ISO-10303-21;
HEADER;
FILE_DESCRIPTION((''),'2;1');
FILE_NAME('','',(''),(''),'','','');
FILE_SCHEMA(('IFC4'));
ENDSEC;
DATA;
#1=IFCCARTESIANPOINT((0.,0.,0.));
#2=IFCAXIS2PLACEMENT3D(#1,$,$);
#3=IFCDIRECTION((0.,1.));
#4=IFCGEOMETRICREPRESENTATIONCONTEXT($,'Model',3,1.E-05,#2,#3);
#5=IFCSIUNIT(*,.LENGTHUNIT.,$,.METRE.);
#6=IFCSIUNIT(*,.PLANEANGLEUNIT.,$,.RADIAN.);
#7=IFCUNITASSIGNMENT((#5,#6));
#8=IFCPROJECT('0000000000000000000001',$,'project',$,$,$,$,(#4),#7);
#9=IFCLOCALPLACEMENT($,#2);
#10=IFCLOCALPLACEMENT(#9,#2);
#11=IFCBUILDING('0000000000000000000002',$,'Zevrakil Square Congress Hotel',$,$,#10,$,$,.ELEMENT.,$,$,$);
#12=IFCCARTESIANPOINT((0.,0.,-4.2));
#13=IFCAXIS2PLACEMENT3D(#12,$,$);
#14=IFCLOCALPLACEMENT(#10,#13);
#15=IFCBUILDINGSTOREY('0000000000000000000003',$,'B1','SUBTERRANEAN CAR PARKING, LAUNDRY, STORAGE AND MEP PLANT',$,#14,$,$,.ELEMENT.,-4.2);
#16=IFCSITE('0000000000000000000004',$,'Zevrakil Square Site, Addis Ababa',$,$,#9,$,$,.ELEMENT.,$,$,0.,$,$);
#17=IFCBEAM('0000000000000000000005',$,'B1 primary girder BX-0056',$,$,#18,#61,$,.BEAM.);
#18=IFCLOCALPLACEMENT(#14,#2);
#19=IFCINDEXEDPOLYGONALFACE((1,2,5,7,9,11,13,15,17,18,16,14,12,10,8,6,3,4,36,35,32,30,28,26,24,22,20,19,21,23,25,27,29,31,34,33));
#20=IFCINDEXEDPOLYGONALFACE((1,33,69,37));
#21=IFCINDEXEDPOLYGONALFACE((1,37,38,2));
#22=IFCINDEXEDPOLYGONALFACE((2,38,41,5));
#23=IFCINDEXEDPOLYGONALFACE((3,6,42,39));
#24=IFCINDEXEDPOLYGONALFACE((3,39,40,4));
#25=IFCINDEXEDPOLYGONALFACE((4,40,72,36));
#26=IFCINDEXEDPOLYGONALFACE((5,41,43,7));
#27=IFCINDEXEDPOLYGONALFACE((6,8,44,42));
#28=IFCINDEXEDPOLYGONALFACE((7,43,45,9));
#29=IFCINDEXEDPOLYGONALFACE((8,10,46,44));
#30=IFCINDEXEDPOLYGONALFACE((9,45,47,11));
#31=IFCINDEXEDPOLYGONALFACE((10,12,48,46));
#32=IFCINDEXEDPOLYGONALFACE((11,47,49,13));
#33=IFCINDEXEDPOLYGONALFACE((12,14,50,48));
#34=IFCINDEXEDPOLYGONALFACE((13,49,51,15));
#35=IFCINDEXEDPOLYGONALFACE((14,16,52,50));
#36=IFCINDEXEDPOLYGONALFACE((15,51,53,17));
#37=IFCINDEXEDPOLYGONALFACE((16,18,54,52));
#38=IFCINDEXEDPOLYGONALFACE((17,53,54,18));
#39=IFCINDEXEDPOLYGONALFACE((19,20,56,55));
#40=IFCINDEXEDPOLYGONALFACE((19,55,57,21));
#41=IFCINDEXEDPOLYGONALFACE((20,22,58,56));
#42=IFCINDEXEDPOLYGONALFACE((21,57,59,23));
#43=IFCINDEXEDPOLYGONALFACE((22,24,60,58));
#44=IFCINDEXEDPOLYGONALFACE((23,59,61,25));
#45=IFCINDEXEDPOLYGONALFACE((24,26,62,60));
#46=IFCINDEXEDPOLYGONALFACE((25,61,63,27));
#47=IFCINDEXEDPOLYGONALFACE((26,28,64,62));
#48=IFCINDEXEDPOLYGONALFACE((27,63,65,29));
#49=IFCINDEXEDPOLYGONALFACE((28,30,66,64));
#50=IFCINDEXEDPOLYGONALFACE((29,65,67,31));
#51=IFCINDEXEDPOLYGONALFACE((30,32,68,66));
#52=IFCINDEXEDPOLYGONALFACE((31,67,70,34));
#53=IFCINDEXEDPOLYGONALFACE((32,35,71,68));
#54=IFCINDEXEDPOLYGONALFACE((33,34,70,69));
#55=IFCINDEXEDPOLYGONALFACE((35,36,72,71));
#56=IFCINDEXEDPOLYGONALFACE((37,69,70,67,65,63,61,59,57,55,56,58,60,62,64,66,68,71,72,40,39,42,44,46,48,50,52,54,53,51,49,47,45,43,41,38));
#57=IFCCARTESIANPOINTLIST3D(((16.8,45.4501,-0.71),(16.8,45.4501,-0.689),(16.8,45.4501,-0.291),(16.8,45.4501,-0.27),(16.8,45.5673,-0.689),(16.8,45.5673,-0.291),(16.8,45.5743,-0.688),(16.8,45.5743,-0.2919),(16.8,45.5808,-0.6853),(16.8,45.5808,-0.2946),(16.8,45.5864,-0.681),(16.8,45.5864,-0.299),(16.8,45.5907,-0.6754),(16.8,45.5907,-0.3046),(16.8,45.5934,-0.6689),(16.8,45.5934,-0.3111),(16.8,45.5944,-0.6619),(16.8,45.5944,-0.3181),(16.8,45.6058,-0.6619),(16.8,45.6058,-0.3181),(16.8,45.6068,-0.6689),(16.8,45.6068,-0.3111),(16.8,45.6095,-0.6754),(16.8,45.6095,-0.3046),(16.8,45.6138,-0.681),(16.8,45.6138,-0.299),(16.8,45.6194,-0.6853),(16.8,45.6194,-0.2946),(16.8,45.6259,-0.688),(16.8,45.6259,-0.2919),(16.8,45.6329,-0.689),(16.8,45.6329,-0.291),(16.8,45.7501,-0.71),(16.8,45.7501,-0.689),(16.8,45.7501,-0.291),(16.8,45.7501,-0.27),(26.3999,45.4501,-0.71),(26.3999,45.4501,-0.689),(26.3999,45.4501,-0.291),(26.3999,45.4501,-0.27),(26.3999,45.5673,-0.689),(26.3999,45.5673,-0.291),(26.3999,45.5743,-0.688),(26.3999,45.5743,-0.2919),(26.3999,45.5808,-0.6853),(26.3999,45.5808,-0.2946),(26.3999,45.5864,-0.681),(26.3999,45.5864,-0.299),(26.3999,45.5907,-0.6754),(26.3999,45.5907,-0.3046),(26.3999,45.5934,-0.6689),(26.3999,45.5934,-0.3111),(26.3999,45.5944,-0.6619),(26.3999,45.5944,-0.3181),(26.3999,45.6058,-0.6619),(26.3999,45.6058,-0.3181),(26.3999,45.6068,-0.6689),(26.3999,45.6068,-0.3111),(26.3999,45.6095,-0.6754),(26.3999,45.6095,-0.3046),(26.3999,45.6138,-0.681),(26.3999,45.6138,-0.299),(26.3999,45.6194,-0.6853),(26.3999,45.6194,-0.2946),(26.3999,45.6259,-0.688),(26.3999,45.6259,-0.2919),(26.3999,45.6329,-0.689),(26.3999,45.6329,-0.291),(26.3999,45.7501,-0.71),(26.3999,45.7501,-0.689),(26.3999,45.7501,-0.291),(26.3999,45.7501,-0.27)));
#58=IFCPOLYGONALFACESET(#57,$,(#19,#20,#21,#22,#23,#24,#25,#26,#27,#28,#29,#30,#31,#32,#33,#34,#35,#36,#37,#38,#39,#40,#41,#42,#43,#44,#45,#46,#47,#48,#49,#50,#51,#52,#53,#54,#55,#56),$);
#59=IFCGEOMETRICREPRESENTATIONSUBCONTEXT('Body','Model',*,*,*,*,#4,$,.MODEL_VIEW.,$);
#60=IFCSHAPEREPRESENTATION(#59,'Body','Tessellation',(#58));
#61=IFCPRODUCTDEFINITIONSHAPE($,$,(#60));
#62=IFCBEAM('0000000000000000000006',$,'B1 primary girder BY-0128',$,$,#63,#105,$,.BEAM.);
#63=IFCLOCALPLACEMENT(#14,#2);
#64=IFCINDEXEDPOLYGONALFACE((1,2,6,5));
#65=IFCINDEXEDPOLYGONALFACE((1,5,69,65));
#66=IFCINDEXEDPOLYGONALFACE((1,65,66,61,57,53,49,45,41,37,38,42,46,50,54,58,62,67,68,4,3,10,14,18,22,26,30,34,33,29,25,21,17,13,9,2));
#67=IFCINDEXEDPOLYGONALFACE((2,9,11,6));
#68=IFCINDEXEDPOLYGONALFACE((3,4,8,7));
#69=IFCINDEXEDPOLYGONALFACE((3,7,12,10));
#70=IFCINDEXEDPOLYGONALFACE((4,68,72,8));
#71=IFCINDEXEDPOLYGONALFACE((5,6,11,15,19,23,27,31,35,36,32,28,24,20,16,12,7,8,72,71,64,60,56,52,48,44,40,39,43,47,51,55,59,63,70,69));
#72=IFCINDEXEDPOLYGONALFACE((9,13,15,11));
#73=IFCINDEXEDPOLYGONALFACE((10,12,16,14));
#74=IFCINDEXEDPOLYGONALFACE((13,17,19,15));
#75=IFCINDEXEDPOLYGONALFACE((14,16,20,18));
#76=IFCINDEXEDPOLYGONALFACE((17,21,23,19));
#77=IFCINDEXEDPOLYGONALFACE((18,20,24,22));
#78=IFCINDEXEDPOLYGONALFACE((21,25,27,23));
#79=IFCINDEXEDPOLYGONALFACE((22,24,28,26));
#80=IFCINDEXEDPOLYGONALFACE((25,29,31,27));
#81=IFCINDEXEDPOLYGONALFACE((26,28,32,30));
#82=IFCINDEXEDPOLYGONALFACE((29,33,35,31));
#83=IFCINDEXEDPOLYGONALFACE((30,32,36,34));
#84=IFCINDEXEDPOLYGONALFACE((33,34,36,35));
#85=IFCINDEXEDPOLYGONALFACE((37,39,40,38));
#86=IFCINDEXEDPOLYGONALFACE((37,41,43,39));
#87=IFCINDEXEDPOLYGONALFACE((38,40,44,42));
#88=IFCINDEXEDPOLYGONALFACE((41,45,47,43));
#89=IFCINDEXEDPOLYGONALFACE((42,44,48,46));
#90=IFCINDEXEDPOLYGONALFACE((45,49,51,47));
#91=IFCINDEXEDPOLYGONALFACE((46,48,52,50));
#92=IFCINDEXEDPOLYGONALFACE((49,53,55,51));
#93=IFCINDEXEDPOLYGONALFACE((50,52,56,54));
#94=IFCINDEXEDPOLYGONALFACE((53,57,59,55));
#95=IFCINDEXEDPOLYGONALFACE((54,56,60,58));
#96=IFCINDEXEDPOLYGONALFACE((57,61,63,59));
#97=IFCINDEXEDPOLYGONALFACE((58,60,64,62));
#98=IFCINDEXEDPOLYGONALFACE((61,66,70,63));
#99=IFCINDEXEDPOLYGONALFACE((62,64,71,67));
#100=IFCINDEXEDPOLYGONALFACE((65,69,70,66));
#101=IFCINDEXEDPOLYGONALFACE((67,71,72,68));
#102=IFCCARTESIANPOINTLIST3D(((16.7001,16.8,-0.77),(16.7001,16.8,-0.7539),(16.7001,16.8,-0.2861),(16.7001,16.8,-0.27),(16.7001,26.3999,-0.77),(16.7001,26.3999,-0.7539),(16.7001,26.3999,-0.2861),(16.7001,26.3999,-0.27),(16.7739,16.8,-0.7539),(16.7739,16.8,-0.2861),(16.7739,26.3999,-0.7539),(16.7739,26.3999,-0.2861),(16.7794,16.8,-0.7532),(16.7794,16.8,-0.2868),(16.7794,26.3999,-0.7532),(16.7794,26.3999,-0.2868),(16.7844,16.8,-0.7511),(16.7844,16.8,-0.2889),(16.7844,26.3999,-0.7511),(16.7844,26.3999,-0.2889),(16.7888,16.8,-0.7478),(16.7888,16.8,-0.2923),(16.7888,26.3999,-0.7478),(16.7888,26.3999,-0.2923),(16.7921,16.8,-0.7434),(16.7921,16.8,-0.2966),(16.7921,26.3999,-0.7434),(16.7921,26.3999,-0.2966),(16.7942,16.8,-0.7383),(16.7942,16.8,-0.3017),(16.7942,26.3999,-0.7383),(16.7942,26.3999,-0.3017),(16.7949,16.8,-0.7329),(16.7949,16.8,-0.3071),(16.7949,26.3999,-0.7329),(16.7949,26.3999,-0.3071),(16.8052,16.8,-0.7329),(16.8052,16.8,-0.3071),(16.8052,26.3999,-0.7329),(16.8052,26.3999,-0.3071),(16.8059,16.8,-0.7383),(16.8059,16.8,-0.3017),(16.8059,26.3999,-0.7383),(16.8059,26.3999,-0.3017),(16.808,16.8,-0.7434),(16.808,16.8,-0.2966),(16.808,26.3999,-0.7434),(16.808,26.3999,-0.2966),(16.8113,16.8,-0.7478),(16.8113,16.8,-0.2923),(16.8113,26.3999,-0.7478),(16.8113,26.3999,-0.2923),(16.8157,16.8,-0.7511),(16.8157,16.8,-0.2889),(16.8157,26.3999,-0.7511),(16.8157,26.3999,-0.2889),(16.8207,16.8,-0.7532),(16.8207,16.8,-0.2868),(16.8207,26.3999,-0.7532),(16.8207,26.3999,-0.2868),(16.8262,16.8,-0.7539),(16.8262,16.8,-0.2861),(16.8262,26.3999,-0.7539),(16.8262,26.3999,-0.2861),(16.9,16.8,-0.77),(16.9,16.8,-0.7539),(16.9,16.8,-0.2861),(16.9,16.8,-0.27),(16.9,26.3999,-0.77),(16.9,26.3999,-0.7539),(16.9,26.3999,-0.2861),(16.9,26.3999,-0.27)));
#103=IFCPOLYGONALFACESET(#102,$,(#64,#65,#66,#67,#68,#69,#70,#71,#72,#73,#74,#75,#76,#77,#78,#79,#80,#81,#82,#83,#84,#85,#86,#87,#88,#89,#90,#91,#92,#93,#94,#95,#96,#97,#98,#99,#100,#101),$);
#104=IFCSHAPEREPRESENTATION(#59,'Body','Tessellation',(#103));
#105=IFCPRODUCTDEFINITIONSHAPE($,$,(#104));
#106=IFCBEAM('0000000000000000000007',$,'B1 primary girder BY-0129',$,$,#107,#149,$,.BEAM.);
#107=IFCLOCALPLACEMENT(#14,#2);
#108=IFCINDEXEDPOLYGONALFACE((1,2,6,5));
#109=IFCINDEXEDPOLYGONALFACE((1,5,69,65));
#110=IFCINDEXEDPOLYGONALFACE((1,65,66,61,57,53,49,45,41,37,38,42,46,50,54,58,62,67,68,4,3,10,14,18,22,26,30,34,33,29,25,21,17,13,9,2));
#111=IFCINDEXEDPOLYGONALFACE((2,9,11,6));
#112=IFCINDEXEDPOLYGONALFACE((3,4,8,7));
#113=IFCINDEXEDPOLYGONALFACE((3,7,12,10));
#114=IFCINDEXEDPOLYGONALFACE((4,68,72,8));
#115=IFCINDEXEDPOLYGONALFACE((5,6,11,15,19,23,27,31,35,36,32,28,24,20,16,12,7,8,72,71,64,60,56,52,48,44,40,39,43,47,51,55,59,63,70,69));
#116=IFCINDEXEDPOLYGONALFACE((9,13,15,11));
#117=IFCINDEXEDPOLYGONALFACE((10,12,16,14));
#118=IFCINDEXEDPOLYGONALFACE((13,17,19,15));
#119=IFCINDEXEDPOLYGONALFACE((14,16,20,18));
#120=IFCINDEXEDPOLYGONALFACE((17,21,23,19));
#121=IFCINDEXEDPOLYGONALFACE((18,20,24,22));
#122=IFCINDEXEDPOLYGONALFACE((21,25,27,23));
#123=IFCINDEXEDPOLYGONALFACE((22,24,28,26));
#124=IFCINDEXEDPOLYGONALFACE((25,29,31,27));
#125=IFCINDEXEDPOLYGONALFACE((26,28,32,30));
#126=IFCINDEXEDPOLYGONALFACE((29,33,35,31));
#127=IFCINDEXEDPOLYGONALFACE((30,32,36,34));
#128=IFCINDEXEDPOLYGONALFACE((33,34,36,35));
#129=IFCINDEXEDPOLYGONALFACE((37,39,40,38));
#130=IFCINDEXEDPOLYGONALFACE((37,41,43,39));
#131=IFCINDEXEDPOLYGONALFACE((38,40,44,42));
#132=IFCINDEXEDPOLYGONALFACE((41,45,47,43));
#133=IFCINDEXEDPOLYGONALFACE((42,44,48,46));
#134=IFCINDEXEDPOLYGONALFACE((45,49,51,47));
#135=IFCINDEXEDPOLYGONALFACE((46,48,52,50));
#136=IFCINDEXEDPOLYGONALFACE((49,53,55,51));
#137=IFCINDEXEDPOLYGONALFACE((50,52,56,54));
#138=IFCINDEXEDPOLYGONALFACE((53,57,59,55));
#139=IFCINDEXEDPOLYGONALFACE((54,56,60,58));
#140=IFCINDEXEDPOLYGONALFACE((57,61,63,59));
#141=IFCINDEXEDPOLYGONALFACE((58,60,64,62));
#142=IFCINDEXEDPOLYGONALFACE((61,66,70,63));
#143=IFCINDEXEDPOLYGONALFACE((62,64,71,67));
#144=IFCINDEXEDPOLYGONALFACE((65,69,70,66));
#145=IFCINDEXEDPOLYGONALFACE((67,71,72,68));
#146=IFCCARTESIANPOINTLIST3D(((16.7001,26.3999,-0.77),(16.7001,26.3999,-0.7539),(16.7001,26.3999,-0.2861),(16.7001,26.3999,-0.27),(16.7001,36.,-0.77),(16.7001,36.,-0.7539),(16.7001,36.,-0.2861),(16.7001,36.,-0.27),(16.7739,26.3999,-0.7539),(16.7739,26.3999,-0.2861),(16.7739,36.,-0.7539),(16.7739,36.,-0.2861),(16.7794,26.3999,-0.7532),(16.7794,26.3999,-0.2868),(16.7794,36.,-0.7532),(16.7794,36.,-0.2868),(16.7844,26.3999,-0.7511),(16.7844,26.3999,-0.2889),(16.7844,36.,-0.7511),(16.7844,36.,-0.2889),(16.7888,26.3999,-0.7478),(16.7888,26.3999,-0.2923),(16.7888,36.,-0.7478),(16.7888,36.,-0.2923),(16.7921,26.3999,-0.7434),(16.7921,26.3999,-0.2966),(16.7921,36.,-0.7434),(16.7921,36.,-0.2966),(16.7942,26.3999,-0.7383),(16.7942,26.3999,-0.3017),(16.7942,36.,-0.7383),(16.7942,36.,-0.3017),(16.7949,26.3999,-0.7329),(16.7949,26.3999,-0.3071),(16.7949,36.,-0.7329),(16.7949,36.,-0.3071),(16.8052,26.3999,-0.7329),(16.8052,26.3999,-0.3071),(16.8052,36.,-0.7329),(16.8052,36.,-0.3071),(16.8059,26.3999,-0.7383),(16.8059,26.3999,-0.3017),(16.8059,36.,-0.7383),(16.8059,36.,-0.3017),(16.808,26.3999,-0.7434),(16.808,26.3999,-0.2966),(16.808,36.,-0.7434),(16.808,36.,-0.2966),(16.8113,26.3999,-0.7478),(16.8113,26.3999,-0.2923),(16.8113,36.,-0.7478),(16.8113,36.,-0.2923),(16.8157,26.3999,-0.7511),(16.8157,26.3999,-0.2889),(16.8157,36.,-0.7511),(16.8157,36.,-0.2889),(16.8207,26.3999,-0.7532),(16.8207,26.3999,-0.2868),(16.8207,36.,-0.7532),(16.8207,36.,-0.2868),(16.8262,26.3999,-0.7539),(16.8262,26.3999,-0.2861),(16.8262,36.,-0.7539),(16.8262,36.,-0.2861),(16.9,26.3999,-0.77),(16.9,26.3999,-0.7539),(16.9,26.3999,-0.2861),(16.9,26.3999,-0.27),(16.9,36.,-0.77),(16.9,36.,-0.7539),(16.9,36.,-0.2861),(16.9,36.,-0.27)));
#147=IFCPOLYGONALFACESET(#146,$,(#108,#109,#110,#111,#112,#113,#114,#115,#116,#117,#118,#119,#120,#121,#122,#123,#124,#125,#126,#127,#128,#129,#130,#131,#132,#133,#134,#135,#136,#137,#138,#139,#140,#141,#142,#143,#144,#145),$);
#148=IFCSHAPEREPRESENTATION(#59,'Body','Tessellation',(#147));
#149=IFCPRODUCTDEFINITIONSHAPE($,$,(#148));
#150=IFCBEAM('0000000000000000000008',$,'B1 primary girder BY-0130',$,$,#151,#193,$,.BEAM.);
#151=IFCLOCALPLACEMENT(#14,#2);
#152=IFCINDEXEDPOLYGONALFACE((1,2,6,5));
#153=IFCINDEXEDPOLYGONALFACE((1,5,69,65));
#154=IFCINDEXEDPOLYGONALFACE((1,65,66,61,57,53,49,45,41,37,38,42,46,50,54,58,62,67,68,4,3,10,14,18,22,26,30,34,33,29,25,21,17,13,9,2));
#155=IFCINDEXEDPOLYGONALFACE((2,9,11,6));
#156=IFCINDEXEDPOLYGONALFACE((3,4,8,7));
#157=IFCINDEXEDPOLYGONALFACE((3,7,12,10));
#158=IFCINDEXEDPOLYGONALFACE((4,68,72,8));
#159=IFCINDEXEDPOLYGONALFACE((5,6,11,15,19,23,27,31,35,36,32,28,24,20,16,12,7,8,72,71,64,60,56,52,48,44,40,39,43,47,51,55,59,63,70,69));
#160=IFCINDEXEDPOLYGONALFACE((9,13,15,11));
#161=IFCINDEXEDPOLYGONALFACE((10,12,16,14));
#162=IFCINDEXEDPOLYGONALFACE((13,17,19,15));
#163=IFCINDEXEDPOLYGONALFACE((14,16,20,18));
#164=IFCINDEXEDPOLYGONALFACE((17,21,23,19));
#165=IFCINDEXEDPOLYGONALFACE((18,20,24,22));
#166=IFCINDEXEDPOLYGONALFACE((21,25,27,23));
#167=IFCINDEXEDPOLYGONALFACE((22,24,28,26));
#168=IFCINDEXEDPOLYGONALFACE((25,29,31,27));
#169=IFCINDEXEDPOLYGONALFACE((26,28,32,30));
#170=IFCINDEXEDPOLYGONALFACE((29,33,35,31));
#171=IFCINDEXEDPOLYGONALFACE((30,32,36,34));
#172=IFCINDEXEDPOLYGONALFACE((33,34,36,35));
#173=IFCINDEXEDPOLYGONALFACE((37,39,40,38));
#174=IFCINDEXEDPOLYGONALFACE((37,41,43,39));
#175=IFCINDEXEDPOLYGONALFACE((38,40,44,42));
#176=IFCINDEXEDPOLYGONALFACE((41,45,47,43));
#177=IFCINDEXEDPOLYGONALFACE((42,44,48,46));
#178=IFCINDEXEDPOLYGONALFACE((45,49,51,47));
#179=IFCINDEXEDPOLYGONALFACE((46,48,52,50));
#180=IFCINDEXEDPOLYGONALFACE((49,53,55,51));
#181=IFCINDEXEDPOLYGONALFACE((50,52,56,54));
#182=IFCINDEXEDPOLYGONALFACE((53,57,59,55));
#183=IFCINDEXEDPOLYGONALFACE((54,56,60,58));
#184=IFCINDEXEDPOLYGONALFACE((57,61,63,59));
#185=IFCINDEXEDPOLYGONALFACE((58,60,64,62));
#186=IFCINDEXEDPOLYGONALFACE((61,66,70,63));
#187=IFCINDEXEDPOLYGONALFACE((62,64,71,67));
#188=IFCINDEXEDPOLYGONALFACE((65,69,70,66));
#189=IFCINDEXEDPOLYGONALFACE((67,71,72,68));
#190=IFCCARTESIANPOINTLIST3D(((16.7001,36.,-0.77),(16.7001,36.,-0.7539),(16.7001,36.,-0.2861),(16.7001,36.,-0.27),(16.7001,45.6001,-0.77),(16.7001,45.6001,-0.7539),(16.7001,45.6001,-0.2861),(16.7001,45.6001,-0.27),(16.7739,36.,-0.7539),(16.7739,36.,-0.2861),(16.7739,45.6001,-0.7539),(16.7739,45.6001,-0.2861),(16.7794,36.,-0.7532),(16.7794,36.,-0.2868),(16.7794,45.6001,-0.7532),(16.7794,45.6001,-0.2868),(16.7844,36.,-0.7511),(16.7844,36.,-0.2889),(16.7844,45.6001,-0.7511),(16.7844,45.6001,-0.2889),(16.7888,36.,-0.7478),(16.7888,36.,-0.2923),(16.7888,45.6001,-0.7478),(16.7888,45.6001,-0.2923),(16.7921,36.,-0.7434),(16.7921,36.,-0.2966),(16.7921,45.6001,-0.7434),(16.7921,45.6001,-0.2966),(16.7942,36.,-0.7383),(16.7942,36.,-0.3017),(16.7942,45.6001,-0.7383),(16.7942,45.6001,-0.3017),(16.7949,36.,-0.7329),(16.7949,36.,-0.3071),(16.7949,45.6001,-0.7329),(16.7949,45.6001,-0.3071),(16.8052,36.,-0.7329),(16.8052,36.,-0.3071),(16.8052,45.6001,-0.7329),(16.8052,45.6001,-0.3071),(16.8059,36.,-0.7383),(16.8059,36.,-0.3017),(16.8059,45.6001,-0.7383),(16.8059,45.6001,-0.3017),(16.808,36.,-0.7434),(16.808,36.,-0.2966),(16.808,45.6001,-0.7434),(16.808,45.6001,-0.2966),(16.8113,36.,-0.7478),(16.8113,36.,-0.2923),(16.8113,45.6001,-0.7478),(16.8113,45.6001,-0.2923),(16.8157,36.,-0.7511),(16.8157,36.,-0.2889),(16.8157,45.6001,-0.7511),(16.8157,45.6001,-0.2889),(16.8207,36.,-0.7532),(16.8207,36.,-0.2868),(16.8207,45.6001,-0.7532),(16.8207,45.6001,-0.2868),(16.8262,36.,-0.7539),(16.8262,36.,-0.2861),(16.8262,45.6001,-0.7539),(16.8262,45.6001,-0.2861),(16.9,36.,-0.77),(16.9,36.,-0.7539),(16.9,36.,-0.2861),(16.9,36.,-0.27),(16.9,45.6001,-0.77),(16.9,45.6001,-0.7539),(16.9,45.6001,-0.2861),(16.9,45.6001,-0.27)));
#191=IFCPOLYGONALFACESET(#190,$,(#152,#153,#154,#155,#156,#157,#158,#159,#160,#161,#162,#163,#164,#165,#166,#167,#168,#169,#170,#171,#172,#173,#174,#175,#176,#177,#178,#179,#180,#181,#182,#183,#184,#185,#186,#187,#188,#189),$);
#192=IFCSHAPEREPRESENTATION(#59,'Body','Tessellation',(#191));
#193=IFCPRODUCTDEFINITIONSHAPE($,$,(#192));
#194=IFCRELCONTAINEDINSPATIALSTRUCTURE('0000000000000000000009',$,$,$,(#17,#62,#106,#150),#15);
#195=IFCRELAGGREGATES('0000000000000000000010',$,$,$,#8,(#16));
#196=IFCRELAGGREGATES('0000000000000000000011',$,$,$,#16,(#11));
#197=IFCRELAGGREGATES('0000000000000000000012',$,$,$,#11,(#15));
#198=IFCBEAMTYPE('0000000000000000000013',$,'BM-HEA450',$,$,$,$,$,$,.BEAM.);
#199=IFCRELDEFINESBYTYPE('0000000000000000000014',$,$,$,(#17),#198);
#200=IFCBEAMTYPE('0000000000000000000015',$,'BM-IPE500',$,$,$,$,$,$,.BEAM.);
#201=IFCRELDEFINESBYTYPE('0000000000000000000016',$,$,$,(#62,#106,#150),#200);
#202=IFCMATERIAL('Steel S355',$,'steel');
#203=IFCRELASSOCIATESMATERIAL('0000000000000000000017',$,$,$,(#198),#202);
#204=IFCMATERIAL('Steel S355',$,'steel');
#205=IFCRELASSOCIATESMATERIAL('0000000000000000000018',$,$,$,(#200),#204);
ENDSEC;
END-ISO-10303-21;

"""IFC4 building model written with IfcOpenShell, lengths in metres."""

from ifc_helpers import new_model, si_unit, direction, frame, origin, origin_2d, place, context, subcontext, project, spatial, i_section, extrude, material, material_profile, profile_set, type_object, element, save


model = new_model("IFC4")

# Units and contexts
model_context = context("Model", 3, precision=1e-05, world=origin(), true_north=direction((0.0, 1.0)))
body_context = subcontext(model_context, "Body", "Model", "MODEL_VIEW")
ifc_project = project(units=[si_unit("LENGTHUNIT", "METRE"), si_unit("PLANEANGLEUNIT", "RADIAN")], contexts=[model_context])

# Site, building, storey
site_placement = place(None, origin())
site = spatial("IfcSite", under=ifc_project, at=site_placement, Name="Zevrakil Square Site, Addis Ababa", CompositionType="ELEMENT", RefElevation=0.0)
building_placement = place(site_placement, origin())
building = spatial("IfcBuilding", under=site, at=building_placement, Name="Zevrakil Square Congress Hotel", CompositionType="ELEMENT")
storey_placement = place(building_placement, frame((0.0, 0.0, -4.2)))
storey = spatial("IfcBuildingStorey", under=building, at=storey_placement, Name="B1", Description="SUBTERRANEAN CAR PARKING, LAUNDRY, STORAGE AND MEP PLANT", CompositionType="ELEMENT", Elevation=-4.2)

# Beams
ifc_material_1 = material(Name="Steel S355", Category="steel")
ifc_material_profile_1 = material_profile(ifc_material_1, i_section(OverallWidth=0.3, OverallDepth=0.4399, WebThickness=0.0115, FlangeThickness=0.021, FilletRadius=0.0271, at=origin_2d()), Name="HEA 450")
ifc_profile_set_1 = profile_set([ifc_material_profile_1], Name="Steel S355")
beam_type_1 = type_object("IfcBeamType", Name="BM-HEA450", PredefinedType="BEAM", material=ifc_profile_set_1)
for number, where, z_axis, x_axis, name in (
    (1, (16.8, 45.6001, -0.49), (1.0, 0.0, 0.0), (0.0, 1.0, 0.0), "B1 primary girder BX-0056"),
):
    element("IfcBeam", number, at=place(storey_placement, frame(where, z_axis=z_axis, x_axis=x_axis)), inside=storey, type_object=beam_type_1, Name=name, PredefinedType="BEAM", context=body_context, shape_type="SweptSolid", body=[
        extrude(i_section(OverallWidth=0.3, OverallDepth=0.4399, WebThickness=0.0115, FlangeThickness=0.021, FilletRadius=0.0271, at=origin_2d()), origin(), (0.0, 0.0, 1.0), 9.5999),
    ])
ifc_material_2 = material(Name="Steel S355", Category="steel")
ifc_material_profile_2 = material_profile(ifc_material_2, i_section(OverallWidth=0.2, OverallDepth=0.5, WebThickness=0.0103, FlangeThickness=0.0161, FilletRadius=0.021, at=origin_2d()), Name="IPE 500")
ifc_profile_set_2 = profile_set([ifc_material_profile_2], Name="Steel S355")
beam_type_2 = type_object("IfcBeamType", Name="BM-IPE500", PredefinedType="BEAM", material=ifc_profile_set_2)
beam_1_placement = place(storey_placement, frame((16.8, 16.8, -0.52), z_axis=(0.0, 1.0, 0.0), x_axis=(-1.0, 0.0, 0.0)))
element("IfcBeam", 2, at=beam_1_placement, inside=storey, type_object=beam_type_2, Name="B1 primary girder BY-0128", PredefinedType="BEAM", context=body_context, shape_type="SweptSolid", body=[
    extrude(i_section(OverallWidth=0.2, OverallDepth=0.5, WebThickness=0.0103, FlangeThickness=0.0161, FilletRadius=0.021, at=origin_2d()), origin(), (0.0, 0.0, 1.0), 9.5999),
])
for number, where, z_axis, x_axis, name in (
    (3, (16.8, 26.3999, -0.52), (0.0, 1.0, 0.0), (-1.0, 0.0, 0.0), "B1 primary girder BY-0129"),
    (4, (16.8, 36.0, -0.52), (0.0, 1.0, 0.0), (-1.0, 0.0, 0.0), "B1 primary girder BY-0130"),
):
    element("IfcBeam", number, at=place(storey_placement, frame(where, z_axis=z_axis, x_axis=x_axis)), inside=storey, type_object=beam_type_2, Name=name, PredefinedType="BEAM", context=body_context, shape_type="SweptSolid", body=[
        extrude(i_section(OverallWidth=0.2, OverallDepth=0.5, WebThickness=0.0103, FlangeThickness=0.0161, FilletRadius=0.021, at=origin_2d()), origin(), (0.0, 0.0, 1.0), 9.6001),
    ])

save(model, "model.ifc")
